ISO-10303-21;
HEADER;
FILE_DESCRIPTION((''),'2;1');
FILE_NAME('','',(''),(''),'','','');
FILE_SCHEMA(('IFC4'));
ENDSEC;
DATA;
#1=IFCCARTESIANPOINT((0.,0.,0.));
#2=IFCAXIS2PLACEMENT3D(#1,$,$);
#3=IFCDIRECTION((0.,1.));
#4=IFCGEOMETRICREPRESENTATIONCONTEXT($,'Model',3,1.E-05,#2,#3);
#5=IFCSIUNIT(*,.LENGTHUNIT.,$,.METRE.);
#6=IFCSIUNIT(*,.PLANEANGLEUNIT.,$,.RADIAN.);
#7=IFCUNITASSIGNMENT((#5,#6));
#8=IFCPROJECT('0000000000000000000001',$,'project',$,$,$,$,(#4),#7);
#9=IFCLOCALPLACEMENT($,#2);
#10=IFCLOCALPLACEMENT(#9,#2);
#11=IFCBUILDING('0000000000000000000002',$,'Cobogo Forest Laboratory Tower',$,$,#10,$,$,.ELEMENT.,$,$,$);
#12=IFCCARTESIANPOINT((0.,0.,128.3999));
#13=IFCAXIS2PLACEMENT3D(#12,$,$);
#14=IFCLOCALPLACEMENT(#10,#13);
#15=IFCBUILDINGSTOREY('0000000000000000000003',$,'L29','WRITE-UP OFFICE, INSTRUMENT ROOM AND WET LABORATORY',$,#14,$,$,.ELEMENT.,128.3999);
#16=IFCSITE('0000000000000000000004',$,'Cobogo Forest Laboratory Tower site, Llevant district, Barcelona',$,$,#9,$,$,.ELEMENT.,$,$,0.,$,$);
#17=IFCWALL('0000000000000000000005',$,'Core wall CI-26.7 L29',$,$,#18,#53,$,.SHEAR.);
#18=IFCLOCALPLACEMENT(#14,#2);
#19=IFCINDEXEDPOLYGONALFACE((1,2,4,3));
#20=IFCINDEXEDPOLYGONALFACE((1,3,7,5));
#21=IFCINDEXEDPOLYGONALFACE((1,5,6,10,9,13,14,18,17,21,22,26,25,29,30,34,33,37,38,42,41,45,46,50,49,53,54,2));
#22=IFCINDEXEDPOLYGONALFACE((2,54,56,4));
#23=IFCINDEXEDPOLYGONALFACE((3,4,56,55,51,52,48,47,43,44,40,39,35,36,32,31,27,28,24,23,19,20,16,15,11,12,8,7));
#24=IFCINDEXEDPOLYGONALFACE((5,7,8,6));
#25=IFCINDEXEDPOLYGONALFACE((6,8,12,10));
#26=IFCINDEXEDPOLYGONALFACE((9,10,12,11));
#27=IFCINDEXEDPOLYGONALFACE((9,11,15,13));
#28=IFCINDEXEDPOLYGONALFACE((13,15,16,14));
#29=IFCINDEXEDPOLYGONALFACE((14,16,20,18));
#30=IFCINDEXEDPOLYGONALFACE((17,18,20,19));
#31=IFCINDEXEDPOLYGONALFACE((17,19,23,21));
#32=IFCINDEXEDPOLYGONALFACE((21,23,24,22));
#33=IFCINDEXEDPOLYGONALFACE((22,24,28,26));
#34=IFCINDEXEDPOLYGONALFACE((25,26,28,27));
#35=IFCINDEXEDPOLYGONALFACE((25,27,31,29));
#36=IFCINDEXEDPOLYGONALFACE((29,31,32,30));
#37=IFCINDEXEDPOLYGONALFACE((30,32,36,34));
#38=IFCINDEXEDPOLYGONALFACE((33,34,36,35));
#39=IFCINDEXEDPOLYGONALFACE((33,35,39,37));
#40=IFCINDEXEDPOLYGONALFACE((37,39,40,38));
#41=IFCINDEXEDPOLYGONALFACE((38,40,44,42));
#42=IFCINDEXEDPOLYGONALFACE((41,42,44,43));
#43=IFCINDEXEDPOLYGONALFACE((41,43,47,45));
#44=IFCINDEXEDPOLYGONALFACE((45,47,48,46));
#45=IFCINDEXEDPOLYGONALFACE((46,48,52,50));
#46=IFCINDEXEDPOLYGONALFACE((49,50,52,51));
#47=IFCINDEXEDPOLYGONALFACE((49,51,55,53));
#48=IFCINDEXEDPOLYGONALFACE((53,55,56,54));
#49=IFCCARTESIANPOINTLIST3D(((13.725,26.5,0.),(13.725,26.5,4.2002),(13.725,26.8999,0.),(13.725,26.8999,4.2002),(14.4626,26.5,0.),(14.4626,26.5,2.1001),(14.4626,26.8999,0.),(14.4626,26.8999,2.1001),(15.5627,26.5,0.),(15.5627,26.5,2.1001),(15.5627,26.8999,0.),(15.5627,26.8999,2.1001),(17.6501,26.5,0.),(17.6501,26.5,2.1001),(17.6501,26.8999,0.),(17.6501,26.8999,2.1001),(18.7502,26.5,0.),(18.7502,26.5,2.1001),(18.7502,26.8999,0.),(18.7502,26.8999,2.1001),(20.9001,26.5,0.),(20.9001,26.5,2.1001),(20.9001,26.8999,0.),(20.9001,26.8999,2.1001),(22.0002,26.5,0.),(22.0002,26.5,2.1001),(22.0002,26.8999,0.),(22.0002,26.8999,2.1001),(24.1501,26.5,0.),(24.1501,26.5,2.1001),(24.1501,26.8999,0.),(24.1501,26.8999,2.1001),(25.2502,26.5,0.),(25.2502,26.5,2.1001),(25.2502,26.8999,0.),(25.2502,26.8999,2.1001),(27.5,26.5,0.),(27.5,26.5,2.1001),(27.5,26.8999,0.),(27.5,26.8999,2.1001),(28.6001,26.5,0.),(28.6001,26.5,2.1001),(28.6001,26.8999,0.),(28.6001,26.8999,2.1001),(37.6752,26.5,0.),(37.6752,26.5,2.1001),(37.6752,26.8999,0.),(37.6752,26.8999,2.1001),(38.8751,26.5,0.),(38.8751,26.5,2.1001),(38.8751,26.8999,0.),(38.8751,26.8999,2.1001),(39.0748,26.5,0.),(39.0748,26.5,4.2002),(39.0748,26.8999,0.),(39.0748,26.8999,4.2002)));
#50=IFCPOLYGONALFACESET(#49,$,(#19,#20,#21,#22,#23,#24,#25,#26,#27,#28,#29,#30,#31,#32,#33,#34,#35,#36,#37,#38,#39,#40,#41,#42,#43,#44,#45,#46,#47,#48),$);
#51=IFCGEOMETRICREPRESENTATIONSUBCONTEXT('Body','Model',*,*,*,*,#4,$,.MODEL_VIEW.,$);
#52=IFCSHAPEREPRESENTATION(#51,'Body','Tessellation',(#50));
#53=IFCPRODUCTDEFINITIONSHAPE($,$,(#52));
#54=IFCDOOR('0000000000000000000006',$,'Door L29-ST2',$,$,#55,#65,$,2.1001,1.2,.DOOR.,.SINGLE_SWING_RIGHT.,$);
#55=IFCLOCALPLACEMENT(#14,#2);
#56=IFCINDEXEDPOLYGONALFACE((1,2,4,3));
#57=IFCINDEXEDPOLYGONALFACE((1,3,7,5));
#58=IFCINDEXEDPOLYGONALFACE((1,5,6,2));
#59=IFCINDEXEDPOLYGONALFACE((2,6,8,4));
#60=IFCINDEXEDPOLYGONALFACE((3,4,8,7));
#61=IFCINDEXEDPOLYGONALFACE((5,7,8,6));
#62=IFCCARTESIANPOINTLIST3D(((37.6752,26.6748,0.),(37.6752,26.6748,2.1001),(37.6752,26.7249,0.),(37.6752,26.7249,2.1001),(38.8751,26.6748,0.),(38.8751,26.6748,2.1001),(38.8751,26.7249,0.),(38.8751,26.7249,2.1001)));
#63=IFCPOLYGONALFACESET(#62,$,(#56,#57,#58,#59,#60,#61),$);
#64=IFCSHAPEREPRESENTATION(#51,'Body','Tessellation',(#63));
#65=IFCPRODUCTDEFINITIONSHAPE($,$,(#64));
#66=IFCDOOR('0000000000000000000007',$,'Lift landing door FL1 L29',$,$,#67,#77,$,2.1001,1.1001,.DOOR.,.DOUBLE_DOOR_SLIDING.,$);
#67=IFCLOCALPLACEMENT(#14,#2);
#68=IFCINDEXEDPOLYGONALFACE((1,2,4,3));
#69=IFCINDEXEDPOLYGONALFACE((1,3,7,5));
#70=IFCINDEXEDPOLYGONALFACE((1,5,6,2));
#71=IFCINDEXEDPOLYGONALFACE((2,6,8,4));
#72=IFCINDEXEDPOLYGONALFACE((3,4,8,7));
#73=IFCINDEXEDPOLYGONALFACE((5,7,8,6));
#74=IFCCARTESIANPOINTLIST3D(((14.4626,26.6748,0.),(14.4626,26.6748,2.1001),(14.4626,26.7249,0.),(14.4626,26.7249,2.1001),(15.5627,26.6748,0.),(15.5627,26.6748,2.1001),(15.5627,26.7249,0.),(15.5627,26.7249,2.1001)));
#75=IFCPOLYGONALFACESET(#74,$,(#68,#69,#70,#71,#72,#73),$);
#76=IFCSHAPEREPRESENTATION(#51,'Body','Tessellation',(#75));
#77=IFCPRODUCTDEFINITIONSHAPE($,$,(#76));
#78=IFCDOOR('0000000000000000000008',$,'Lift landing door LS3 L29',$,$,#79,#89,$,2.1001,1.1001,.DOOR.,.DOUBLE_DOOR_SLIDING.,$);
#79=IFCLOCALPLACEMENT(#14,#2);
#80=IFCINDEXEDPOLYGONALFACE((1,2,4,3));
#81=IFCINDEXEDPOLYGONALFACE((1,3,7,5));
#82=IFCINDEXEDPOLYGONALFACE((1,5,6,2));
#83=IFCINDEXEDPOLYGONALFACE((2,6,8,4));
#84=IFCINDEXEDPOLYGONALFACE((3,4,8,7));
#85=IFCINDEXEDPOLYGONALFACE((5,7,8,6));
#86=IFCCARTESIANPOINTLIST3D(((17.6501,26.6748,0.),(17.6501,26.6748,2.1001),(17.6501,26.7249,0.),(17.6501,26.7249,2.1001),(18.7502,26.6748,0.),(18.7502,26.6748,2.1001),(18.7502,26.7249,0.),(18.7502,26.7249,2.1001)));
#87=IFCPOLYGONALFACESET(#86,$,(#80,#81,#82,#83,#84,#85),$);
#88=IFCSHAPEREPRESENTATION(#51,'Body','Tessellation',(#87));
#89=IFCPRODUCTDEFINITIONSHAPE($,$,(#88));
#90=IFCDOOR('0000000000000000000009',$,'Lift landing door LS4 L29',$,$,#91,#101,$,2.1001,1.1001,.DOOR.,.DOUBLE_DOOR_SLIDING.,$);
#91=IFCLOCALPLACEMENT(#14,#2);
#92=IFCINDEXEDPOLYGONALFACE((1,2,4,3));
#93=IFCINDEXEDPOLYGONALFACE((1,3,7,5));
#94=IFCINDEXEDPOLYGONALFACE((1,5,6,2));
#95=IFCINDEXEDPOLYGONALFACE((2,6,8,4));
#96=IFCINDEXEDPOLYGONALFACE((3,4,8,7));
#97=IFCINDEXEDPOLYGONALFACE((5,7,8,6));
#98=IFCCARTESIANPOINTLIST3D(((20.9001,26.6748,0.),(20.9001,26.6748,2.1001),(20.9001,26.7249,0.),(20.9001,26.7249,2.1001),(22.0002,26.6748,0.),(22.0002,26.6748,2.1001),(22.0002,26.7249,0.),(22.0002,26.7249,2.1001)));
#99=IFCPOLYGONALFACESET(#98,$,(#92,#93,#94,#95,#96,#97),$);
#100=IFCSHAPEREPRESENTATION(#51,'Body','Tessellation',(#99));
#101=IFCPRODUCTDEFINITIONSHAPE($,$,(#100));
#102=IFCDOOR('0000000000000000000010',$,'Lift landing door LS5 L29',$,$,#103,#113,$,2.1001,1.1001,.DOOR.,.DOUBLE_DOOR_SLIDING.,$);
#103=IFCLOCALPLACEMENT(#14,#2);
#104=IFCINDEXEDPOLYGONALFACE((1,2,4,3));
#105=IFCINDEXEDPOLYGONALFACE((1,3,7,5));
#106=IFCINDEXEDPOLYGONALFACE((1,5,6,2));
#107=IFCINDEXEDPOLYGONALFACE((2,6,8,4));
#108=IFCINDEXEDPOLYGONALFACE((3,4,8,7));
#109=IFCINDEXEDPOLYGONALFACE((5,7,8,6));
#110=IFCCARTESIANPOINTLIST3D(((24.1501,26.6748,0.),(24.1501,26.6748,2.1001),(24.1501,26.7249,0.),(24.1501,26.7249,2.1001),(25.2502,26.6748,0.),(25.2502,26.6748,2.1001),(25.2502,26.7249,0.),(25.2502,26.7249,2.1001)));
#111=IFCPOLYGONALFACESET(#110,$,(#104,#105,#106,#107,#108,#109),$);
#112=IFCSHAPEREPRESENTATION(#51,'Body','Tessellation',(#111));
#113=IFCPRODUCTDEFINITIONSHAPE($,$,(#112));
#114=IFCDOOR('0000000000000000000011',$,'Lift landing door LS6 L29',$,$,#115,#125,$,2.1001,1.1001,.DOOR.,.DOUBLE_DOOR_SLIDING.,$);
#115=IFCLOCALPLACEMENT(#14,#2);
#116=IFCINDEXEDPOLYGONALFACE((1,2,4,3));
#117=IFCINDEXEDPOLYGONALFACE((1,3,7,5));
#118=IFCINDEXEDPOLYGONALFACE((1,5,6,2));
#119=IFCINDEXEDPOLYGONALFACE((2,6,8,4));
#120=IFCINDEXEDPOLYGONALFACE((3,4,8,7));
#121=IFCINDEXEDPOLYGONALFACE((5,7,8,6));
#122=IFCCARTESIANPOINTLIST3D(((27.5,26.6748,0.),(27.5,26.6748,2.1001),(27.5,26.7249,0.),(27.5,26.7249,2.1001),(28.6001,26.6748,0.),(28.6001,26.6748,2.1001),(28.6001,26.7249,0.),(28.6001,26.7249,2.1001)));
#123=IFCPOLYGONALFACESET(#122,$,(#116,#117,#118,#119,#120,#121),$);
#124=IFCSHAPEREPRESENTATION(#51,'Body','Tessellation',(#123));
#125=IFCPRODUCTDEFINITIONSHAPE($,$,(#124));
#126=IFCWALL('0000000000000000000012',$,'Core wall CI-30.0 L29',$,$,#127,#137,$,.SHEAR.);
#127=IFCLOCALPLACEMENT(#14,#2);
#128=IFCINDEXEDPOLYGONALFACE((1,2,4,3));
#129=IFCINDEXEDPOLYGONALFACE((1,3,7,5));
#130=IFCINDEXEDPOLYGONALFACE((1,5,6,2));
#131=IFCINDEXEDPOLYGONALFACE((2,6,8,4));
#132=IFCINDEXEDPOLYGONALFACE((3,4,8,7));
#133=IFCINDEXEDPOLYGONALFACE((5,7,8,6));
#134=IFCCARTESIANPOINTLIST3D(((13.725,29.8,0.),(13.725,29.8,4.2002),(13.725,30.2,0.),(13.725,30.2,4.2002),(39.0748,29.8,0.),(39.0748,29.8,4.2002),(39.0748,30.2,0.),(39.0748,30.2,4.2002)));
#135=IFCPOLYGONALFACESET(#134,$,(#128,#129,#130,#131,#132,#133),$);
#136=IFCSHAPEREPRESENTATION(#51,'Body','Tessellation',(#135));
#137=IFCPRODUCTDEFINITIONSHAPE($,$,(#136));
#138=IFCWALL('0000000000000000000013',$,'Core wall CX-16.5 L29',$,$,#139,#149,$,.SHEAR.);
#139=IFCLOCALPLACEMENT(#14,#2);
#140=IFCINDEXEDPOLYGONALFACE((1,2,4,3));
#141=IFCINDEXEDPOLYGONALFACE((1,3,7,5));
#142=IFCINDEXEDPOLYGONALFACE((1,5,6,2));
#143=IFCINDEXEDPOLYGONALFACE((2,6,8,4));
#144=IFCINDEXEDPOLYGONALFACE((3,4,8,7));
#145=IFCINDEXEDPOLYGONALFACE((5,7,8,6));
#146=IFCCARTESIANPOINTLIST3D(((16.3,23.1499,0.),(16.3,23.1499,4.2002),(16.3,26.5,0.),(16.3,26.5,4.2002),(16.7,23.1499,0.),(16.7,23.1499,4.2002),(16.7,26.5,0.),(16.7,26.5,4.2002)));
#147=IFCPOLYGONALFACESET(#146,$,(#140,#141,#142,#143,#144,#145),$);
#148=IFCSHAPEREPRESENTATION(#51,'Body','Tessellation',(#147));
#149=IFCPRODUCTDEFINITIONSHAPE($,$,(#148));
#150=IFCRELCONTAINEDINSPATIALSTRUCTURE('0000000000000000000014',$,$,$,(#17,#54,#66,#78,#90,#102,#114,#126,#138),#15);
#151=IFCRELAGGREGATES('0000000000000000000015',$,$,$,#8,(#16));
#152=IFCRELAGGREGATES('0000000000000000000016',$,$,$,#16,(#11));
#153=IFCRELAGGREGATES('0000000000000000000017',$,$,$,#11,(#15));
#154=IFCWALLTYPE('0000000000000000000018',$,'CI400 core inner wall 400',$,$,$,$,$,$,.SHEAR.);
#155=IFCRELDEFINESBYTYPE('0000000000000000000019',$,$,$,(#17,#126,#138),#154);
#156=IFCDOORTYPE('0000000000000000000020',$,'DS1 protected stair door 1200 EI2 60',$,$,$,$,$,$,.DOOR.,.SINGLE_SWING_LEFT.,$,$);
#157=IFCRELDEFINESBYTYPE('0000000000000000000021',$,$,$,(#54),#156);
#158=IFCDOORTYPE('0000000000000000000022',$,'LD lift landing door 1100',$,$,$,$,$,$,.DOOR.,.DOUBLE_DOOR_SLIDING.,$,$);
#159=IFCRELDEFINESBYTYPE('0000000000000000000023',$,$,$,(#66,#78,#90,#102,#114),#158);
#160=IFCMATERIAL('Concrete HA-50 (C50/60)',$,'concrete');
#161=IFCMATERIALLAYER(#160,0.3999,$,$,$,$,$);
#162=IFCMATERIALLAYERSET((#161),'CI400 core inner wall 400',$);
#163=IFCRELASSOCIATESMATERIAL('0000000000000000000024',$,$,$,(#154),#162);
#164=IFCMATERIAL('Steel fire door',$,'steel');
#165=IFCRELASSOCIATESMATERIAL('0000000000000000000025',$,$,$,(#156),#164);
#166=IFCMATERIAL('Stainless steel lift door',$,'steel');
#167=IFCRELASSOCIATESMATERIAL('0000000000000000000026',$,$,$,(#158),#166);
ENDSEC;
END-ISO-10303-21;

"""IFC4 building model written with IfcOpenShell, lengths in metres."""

from ifc_helpers import new_model, si_unit, direction, frame, frame_2d, origin, place, context, subcontext, project, spatial, rectangle, extrude, material, layer, layer_set, type_object, element, fill, save


model = new_model("IFC4")

# Units and contexts
model_context = context("Model", 3, precision=1e-05, world=origin(), true_north=direction((0.0, 1.0)))
body_context = subcontext(model_context, "Body", "Model", "MODEL_VIEW")
ifc_project = project(units=[si_unit("LENGTHUNIT", "METRE"), si_unit("PLANEANGLEUNIT", "RADIAN")], contexts=[model_context])

# Site, building, storey
site_placement = place(None, origin())
site = spatial("IfcSite", under=ifc_project, at=site_placement, Name="Cobogo Forest Laboratory Tower site, Llevant district, Barcelona", CompositionType="ELEMENT", RefElevation=0.0)
building_placement = place(site_placement, origin())
building = spatial("IfcBuilding", under=site, at=building_placement, Name="Cobogo Forest Laboratory Tower", CompositionType="ELEMENT")
storey_placement = place(building_placement, frame((0.0, 0.0, 128.3999)))
storey = spatial("IfcBuildingStorey", under=building, at=storey_placement, Name="L29", Description="WRITE-UP OFFICE, INSTRUMENT ROOM AND WET LABORATORY", CompositionType="ELEMENT", Elevation=128.3999)

# Shared definitions
ifc_material_1 = material(Name="Concrete HA-50 (C50/60)", Category="concrete")

# Shared definitions
ifc_layer_1 = layer(ifc_material_1, 0.3999)
ifc_layer_set_1 = layer_set([ifc_layer_1], Name="CI400 core inner wall 400")
wall_type_1 = type_object("IfcWallType", Name="CI400 core inner wall 400", PredefinedType="SHEAR", material=ifc_layer_set_1)

# Wall, openings, doors
wall_1_placement = place(storey_placement, frame((13.7251, 26.7, 0.0), z_axis=(0.0, 0.0, 1.0), x_axis=(1.0, 0.0, 0.0)))
wall_1 = element("IfcWall", 1, at=wall_1_placement, inside=storey, type_object=wall_type_1, Name="Core wall CI-26.7 L29", PredefinedType="SHEAR", context=body_context, shape_type="SweptSolid", body=[
    extrude(rectangle(XDim=25.3499, YDim=0.3999, at=frame_2d((12.6748, 0.0))), origin(), (0.0, 0.0, 1.0), 4.2002),
])
opening_1_placement = place(wall_1_placement, frame((23.95, 0.0, 0.0)))
opening_1 = element("IfcOpeningElement", 2, at=opening_1_placement, cuts=wall_1, PredefinedType="OPENING", context=body_context, shape_type="SweptSolid", body=[
    extrude(rectangle(XDim=1.2, YDim=2.1001, at=frame_2d((0.6001, 1.05))), frame((0.0, 0.21, 0.0), z_axis=(0.0, -1.0, 0.0), x_axis=(1.0, 0.0, 0.0)), (0.0, 0.0, 1.0), 0.4199),
])
opening_2_placement = place(wall_1_placement, frame((0.7375, 0.0, 0.0)))
opening_2 = element("IfcOpeningElement", 3, at=opening_2_placement, cuts=wall_1, PredefinedType="OPENING", context=body_context, shape_type="SweptSolid", body=[
    extrude(rectangle(XDim=1.1001, YDim=2.1001, at=frame_2d((0.55, 1.05))), frame((0.0, 0.21, 0.0), z_axis=(0.0, -1.0, 0.0), x_axis=(1.0, 0.0, 0.0)), (0.0, 0.0, 1.0), 0.4199),
])
opening_3_placement = place(wall_1_placement, frame((3.925, 0.0, 0.0)))
opening_3 = element("IfcOpeningElement", 4, at=opening_3_placement, cuts=wall_1, PredefinedType="OPENING", context=body_context, shape_type="SweptSolid", body=[
    extrude(rectangle(XDim=1.1001, YDim=2.1001, at=frame_2d((0.55, 1.05))), frame((0.0, 0.21, 0.0), z_axis=(0.0, -1.0, 0.0), x_axis=(1.0, 0.0, 0.0)), (0.0, 0.0, 1.0), 0.4199),
])
opening_4_placement = place(wall_1_placement, frame((7.175, 0.0, 0.0)))
opening_4 = element("IfcOpeningElement", 5, at=opening_4_placement, cuts=wall_1, PredefinedType="OPENING", context=body_context, shape_type="SweptSolid", body=[
    extrude(rectangle(XDim=1.1001, YDim=2.1001, at=frame_2d((0.55, 1.05))), frame((0.0, 0.21, 0.0), z_axis=(0.0, -1.0, 0.0), x_axis=(1.0, 0.0, 0.0)), (0.0, 0.0, 1.0), 0.4199),
])
opening_5_placement = place(wall_1_placement, frame((10.425, 0.0, 0.0)))
opening_5 = element("IfcOpeningElement", 6, at=opening_5_placement, cuts=wall_1, PredefinedType="OPENING", context=body_context, shape_type="SweptSolid", body=[
    extrude(rectangle(XDim=1.1001, YDim=2.1001, at=frame_2d((0.55, 1.05))), frame((0.0, 0.21, 0.0), z_axis=(0.0, -1.0, 0.0), x_axis=(1.0, 0.0, 0.0)), (0.0, 0.0, 1.0), 0.4199),
])
opening_6_placement = place(wall_1_placement, frame((13.7749, 0.0, 0.0)))
opening_6 = element("IfcOpeningElement", 7, at=opening_6_placement, cuts=wall_1, PredefinedType="OPENING", context=body_context, shape_type="SweptSolid", body=[
    extrude(rectangle(XDim=1.1001, YDim=2.1001, at=frame_2d((0.55, 1.05))), frame((0.0, 0.21, 0.0), z_axis=(0.0, -1.0, 0.0), x_axis=(1.0, 0.0, 0.0)), (0.0, 0.0, 1.0), 0.4199),
])
ifc_material_2 = material(Name="Steel fire door", Category="steel")
door_type_1 = type_object("IfcDoorType", Name="DS1 protected stair door 1200 EI2 60", OperationType="SINGLE_SWING_LEFT", PredefinedType="DOOR", material=ifc_material_2)
door_1_placement = place(opening_1_placement, origin())
door_1 = element("IfcDoor", 8, at=door_1_placement, inside=storey, type_object=door_type_1, Name="Door L29-ST2", OperationType="SINGLE_SWING_RIGHT", OverallHeight=2.1001, OverallWidth=1.2, PredefinedType="DOOR", context=body_context, shape_type="SweptSolid", body=[
    extrude(rectangle(XDim=1.2, YDim=2.1001, at=frame_2d((0.6001, 1.05))), frame((0.0, 0.0249, 0.0), z_axis=(0.0, -1.0, 0.0), x_axis=(1.0, 0.0, 0.0)), (0.0, 0.0, 1.0), 0.05),
])
fill(opening_1, door_1)
ifc_material_3 = material(Name="Stainless steel lift door", Category="steel")
door_type_2 = type_object("IfcDoorType", Name="LD lift landing door 1100", OperationType="DOUBLE_DOOR_SLIDING", PredefinedType="DOOR", material=ifc_material_3)
door_2_placement = place(opening_2_placement, origin())
door_2 = element("IfcDoor", 9, at=door_2_placement, inside=storey, type_object=door_type_2, Name="Lift landing door FL1 L29", OperationType="DOUBLE_DOOR_SLIDING", OverallHeight=2.1001, OverallWidth=1.1001, PredefinedType="DOOR", context=body_context, shape_type="SweptSolid", body=[
    extrude(rectangle(XDim=1.1001, YDim=2.1001, at=frame_2d((0.55, 1.05))), frame((0.0, 0.0249, 0.0), z_axis=(0.0, -1.0, 0.0), x_axis=(1.0, 0.0, 0.0)), (0.0, 0.0, 1.0), 0.05),
])
fill(opening_2, door_2)
door_3_placement = place(opening_3_placement, origin())
door_3 = element("IfcDoor", 10, at=door_3_placement, inside=storey, type_object=door_type_2, Name="Lift landing door LS3 L29", OperationType="DOUBLE_DOOR_SLIDING", OverallHeight=2.1001, OverallWidth=1.1001, PredefinedType="DOOR", context=body_context, shape_type="SweptSolid", body=[
    extrude(rectangle(XDim=1.1001, YDim=2.1001, at=frame_2d((0.55, 1.05))), frame((0.0, 0.0249, 0.0), z_axis=(0.0, -1.0, 0.0), x_axis=(1.0, 0.0, 0.0)), (0.0, 0.0, 1.0), 0.05),
])
fill(opening_3, door_3)
door_4_placement = place(opening_4_placement, origin())
door_4 = element("IfcDoor", 11, at=door_4_placement, inside=storey, type_object=door_type_2, Name="Lift landing door LS4 L29", OperationType="DOUBLE_DOOR_SLIDING", OverallHeight=2.1001, OverallWidth=1.1001, PredefinedType="DOOR", context=body_context, shape_type="SweptSolid", body=[
    extrude(rectangle(XDim=1.1001, YDim=2.1001, at=frame_2d((0.55, 1.05))), frame((0.0, 0.0249, 0.0), z_axis=(0.0, -1.0, 0.0), x_axis=(1.0, 0.0, 0.0)), (0.0, 0.0, 1.0), 0.05),
])
fill(opening_4, door_4)
door_5_placement = place(opening_5_placement, origin())
door_5 = element("IfcDoor", 12, at=door_5_placement, inside=storey, type_object=door_type_2, Name="Lift landing door LS5 L29", OperationType="DOUBLE_DOOR_SLIDING", OverallHeight=2.1001, OverallWidth=1.1001, PredefinedType="DOOR", context=body_context, shape_type="SweptSolid", body=[
    extrude(rectangle(XDim=1.1001, YDim=2.1001, at=frame_2d((0.55, 1.05))), frame((0.0, 0.0249, 0.0), z_axis=(0.0, -1.0, 0.0), x_axis=(1.0, 0.0, 0.0)), (0.0, 0.0, 1.0), 0.05),
])
fill(opening_5, door_5)
door_6_placement = place(opening_6_placement, origin())
door_6 = element("IfcDoor", 13, at=door_6_placement, inside=storey, type_object=door_type_2, Name="Lift landing door LS6 L29", OperationType="DOUBLE_DOOR_SLIDING", OverallHeight=2.1001, OverallWidth=1.1001, PredefinedType="DOOR", context=body_context, shape_type="SweptSolid", body=[
    extrude(rectangle(XDim=1.1001, YDim=2.1001, at=frame_2d((0.55, 1.05))), frame((0.0, 0.0249, 0.0), z_axis=(0.0, -1.0, 0.0), x_axis=(1.0, 0.0, 0.0)), (0.0, 0.0, 1.0), 0.05),
])
fill(opening_6, door_6)

# Walls
wall_2_placement = place(storey_placement, frame((13.7251, 30.0, 0.0), z_axis=(0.0, 0.0, 1.0), x_axis=(1.0, 0.0, 0.0)))
element("IfcWall", 14, at=wall_2_placement, inside=storey, type_object=wall_type_1, Name="Core wall CI-30.0 L29", PredefinedType="SHEAR", context=body_context, shape_type="SweptSolid", body=[
    extrude(rectangle(XDim=25.3499, YDim=0.3999, at=frame_2d((12.6748, 0.0))), origin(), (0.0, 0.0, 1.0), 4.2002),
])
wall_3_placement = place(storey_placement, frame((16.5, 23.1499, 0.0), z_axis=(0.0, 0.0, 1.0), x_axis=(0.0, 1.0, 0.0)))
element("IfcWall", 15, at=wall_3_placement, inside=storey, type_object=wall_type_1, Name="Core wall CX-16.5 L29", PredefinedType="SHEAR", context=body_context, shape_type="SweptSolid", body=[
    extrude(rectangle(XDim=3.3501, YDim=0.3999, at=frame_2d((1.675, 0.0))), origin(), (0.0, 0.0, 1.0), 4.2002),
])

save(model, "model.ifc")
